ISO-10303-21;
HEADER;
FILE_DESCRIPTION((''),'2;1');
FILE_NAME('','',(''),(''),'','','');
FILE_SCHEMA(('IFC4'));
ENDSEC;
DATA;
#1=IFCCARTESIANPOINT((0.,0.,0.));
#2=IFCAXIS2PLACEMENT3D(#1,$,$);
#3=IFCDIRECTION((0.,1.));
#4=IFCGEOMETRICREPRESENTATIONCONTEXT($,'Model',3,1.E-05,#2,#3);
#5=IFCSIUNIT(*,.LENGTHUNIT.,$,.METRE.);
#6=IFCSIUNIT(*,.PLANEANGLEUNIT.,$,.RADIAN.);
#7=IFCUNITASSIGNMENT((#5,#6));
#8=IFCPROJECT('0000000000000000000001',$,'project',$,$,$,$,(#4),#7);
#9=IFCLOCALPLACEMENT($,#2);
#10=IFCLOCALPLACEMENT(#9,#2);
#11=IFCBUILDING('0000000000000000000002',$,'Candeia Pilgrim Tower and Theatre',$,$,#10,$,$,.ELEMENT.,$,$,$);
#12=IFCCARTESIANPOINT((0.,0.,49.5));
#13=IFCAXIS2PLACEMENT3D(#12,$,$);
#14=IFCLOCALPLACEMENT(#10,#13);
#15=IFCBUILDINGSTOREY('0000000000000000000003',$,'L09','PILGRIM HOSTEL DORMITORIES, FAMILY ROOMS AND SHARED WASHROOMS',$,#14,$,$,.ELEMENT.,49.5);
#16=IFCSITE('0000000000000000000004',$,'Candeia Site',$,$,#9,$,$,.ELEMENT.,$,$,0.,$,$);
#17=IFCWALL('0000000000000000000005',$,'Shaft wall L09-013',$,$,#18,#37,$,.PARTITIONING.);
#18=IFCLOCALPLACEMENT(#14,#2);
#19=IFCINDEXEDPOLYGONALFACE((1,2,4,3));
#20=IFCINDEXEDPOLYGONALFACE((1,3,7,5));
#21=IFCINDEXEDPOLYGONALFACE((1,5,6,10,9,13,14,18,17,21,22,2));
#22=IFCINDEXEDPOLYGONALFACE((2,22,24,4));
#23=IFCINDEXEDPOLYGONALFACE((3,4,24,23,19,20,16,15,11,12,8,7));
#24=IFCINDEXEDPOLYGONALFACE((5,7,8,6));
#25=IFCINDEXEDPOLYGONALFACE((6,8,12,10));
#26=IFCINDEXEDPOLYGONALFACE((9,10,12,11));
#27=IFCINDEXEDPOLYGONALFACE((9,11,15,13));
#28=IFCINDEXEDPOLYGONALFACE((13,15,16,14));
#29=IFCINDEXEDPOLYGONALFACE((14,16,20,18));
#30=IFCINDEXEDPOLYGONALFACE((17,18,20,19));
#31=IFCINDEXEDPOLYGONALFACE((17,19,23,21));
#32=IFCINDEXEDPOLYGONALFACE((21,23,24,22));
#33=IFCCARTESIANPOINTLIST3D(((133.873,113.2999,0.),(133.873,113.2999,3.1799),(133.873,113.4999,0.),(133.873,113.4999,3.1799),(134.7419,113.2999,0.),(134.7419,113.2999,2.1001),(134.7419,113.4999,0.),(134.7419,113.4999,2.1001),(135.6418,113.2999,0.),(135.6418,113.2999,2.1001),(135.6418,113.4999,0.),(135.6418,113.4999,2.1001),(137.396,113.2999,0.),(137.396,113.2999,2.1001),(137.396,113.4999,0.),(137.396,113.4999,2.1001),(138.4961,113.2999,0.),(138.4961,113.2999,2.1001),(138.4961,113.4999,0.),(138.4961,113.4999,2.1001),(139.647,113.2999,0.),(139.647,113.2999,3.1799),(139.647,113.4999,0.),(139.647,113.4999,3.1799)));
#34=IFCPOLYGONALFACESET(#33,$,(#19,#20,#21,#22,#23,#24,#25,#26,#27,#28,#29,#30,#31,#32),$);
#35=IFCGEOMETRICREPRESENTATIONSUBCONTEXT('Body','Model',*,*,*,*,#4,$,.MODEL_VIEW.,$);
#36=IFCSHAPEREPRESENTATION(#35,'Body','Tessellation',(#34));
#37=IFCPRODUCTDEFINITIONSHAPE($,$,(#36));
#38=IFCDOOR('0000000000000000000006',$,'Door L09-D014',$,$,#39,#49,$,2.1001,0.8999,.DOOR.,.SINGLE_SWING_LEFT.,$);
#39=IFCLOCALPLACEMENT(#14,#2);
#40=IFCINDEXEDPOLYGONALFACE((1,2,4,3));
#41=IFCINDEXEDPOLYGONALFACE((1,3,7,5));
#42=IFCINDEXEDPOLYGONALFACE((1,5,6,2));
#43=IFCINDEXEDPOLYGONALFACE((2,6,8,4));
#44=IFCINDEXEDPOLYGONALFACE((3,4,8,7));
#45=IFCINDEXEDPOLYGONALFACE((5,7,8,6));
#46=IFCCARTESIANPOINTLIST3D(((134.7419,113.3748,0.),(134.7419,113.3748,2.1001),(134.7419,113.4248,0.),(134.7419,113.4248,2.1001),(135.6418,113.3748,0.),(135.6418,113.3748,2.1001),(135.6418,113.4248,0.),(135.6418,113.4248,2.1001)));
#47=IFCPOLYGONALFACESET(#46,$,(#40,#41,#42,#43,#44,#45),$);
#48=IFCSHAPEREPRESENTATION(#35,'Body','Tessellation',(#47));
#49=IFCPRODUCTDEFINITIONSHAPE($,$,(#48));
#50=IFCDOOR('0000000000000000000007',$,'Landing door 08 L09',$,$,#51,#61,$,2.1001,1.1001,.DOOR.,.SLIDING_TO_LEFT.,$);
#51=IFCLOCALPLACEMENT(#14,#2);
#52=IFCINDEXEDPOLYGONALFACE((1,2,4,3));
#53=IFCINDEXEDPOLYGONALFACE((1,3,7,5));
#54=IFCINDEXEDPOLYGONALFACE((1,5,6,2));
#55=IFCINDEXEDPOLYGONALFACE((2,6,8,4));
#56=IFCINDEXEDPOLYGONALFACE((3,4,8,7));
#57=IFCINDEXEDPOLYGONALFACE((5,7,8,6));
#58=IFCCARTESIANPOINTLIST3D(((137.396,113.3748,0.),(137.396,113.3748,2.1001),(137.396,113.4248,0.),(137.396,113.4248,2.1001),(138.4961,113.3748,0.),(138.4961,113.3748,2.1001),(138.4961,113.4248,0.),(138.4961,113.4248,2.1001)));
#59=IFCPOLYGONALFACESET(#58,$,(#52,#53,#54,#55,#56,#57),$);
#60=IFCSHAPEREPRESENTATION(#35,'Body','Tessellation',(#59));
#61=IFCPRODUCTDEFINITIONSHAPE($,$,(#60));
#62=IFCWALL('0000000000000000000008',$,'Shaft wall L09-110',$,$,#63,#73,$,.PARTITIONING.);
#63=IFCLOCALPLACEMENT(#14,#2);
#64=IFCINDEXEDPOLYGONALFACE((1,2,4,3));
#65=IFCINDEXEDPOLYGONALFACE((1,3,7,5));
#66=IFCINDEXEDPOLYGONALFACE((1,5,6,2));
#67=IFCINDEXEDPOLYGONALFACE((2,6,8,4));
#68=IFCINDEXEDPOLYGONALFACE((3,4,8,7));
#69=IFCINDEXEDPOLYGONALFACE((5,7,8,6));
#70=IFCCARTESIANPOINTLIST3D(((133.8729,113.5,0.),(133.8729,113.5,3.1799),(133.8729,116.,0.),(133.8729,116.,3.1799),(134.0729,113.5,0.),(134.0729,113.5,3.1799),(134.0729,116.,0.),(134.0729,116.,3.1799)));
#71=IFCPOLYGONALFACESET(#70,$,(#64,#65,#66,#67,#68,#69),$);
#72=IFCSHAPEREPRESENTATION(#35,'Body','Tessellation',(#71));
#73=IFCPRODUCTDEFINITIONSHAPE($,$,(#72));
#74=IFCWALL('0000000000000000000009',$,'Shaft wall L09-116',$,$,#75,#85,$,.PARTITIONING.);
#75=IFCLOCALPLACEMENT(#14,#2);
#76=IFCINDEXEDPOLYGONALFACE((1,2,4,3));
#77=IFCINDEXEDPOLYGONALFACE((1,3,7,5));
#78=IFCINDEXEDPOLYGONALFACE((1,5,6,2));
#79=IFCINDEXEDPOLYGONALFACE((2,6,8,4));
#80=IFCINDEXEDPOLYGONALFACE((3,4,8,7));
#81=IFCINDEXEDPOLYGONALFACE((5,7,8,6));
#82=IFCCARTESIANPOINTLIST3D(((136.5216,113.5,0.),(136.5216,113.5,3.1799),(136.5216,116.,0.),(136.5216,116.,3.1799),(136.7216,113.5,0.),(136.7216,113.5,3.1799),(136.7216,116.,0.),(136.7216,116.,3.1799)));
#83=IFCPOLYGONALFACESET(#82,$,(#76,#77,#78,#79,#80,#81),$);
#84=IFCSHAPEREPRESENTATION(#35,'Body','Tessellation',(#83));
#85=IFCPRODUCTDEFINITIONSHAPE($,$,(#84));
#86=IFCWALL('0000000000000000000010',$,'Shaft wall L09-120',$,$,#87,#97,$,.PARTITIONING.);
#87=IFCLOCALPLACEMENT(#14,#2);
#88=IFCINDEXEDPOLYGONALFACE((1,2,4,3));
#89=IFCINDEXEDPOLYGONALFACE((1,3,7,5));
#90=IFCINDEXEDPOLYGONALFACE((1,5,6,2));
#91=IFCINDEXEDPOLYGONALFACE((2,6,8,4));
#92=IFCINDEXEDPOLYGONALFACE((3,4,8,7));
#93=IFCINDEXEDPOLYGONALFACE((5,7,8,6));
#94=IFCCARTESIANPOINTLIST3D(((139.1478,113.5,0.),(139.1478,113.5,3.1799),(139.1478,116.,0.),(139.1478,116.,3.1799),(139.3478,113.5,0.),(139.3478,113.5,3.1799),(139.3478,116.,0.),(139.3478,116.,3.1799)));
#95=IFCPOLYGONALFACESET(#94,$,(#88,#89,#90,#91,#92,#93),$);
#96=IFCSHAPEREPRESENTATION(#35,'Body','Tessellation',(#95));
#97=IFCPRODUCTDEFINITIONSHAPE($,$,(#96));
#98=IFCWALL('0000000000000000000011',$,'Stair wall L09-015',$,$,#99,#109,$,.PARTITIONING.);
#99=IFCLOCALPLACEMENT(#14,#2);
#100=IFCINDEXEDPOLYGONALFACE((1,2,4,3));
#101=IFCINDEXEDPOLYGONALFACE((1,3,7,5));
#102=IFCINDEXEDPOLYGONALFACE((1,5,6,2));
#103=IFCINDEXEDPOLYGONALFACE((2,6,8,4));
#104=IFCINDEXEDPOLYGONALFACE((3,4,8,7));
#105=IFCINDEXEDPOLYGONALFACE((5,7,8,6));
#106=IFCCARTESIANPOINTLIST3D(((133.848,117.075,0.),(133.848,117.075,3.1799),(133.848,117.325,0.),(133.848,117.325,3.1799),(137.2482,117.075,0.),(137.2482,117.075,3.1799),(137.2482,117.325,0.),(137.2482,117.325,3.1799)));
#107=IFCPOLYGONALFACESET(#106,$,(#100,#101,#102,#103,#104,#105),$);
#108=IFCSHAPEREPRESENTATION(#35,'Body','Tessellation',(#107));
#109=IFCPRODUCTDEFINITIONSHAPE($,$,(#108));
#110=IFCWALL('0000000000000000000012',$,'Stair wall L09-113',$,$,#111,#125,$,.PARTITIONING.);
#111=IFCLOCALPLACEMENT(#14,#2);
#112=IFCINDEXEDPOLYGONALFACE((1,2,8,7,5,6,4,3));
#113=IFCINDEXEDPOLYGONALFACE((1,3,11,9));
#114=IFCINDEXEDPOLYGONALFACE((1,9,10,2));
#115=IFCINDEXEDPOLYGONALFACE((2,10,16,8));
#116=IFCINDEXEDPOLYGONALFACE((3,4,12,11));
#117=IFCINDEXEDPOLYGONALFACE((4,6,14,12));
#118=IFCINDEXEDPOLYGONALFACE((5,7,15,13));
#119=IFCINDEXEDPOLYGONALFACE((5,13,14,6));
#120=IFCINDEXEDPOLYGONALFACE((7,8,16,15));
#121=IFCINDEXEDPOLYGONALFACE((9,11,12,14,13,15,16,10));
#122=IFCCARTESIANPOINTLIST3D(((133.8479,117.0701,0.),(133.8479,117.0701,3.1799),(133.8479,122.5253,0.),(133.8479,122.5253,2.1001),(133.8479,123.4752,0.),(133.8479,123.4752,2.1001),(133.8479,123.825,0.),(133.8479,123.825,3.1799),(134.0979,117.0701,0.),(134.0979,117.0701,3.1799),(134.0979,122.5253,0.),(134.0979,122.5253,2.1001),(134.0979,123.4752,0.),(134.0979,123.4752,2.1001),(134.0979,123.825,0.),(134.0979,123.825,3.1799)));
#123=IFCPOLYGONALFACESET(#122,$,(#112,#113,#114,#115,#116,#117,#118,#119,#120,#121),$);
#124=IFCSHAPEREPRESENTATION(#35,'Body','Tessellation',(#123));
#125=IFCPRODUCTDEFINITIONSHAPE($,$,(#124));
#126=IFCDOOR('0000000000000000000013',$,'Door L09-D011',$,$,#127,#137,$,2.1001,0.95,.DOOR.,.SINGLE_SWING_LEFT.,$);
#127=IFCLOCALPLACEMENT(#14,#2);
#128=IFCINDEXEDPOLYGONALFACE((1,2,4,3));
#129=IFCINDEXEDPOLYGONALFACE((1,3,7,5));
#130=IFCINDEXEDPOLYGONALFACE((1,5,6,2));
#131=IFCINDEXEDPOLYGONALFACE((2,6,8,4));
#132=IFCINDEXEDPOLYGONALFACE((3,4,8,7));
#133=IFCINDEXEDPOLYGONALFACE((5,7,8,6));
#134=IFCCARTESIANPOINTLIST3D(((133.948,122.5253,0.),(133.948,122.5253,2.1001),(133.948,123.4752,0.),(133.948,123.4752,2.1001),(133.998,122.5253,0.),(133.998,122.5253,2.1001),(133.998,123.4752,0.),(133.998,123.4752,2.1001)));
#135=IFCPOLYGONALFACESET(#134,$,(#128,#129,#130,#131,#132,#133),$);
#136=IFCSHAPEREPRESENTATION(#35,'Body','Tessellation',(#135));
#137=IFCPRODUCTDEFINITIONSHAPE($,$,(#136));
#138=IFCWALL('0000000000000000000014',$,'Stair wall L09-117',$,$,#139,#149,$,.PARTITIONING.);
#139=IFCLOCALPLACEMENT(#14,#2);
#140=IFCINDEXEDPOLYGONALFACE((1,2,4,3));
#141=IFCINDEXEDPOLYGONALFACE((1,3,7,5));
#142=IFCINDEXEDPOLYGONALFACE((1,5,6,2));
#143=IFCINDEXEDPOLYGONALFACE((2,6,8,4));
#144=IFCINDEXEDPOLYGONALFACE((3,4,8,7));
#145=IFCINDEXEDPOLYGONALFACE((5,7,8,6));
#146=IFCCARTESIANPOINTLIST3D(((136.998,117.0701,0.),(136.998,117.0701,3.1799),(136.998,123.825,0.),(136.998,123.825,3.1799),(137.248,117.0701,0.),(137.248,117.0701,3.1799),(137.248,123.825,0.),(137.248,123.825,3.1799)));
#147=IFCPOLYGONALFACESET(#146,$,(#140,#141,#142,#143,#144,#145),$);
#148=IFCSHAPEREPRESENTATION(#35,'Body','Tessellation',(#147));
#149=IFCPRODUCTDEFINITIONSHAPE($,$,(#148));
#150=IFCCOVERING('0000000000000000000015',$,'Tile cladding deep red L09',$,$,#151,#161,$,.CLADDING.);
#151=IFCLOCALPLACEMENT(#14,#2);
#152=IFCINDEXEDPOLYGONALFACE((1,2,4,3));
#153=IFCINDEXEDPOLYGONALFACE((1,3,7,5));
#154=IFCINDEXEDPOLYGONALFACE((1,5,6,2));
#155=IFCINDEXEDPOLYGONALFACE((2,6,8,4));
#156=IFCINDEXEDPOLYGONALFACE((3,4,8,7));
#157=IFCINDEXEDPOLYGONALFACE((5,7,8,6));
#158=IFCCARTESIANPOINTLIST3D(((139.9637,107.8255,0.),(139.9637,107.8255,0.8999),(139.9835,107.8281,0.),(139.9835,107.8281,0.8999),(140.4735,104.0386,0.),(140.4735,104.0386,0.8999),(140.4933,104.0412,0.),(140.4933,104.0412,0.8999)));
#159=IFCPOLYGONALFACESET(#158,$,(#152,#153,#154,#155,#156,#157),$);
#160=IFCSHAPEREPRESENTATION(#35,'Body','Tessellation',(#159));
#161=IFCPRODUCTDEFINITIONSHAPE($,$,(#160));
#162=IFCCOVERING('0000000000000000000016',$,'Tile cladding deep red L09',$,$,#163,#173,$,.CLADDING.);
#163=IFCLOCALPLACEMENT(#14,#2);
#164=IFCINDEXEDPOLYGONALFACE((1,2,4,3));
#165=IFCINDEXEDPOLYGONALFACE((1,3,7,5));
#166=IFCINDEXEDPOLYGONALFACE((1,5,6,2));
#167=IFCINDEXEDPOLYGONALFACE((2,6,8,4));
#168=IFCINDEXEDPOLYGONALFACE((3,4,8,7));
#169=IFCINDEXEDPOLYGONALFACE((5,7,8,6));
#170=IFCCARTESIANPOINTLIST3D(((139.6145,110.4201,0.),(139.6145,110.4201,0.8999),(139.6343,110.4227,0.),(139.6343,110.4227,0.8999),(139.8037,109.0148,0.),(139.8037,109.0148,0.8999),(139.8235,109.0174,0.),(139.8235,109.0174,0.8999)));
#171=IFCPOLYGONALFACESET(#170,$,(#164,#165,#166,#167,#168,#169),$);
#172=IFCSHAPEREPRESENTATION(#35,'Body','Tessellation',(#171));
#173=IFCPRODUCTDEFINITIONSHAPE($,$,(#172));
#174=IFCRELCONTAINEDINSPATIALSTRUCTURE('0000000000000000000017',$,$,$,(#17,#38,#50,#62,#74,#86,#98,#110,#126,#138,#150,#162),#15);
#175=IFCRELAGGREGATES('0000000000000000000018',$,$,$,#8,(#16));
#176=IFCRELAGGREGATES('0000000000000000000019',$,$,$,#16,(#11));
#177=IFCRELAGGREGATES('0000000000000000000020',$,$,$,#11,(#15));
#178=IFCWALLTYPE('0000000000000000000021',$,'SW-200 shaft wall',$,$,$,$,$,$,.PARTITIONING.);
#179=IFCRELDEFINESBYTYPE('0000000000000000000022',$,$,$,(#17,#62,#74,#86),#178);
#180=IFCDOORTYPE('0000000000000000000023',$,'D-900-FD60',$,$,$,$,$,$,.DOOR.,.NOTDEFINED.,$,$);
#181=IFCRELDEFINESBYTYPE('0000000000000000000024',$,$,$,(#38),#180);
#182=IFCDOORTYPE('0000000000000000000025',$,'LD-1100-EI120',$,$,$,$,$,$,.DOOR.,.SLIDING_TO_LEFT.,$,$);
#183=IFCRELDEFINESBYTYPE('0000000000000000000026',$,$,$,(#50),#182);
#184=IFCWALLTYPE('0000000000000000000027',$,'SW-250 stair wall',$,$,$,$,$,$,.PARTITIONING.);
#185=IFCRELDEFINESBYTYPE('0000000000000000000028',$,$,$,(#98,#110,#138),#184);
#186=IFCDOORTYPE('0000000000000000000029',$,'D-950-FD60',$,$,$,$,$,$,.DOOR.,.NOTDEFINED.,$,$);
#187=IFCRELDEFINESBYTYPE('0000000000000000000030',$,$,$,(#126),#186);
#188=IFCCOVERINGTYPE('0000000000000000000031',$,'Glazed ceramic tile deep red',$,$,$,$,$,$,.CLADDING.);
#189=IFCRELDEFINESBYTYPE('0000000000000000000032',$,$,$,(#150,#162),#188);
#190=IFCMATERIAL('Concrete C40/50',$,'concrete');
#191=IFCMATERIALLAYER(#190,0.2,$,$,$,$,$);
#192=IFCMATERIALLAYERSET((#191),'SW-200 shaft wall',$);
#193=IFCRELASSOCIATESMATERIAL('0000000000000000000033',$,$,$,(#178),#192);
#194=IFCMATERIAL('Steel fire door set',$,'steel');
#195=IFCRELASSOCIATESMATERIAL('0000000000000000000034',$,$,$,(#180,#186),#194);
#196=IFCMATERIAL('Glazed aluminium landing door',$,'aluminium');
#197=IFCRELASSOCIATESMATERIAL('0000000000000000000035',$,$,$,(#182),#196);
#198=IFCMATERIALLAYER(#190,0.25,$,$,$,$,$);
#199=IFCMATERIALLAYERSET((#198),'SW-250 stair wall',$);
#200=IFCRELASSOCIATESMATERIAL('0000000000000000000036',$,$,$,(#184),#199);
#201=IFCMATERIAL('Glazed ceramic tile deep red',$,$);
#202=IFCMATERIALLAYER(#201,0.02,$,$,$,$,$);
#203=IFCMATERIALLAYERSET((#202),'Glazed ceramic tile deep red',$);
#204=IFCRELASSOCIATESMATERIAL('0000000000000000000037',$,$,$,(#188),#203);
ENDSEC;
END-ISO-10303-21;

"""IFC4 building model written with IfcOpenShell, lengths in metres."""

from ifc_helpers import new_model, si_unit, direction, frame, frame_2d, origin, origin_2d, place, context, subcontext, project, spatial, rectangle, extrude, material, layer, layer_set, type_object, element, fill, save


model = new_model("IFC4")

# Units and contexts
model_context = context("Model", 3, precision=1e-05, world=origin(), true_north=direction((0.0, 1.0)))
body_context = subcontext(model_context, "Body", "Model", "MODEL_VIEW")
ifc_project = project(units=[si_unit("LENGTHUNIT", "METRE"), si_unit("PLANEANGLEUNIT", "RADIAN")], contexts=[model_context])

# Site, building, storey
site_placement = place(None, origin())
site = spatial("IfcSite", under=ifc_project, at=site_placement, Name="Candeia Site", CompositionType="ELEMENT", RefElevation=0.0)
building_placement = place(site_placement, origin())
building = spatial("IfcBuilding", under=site, at=building_placement, Name="Candeia Pilgrim Tower and Theatre", CompositionType="ELEMENT")
storey_placement = place(building_placement, frame((0.0, 0.0, 49.5)))
storey = spatial("IfcBuildingStorey", under=building, at=storey_placement, Name="L09", Description="PILGRIM HOSTEL DORMITORIES, FAMILY ROOMS AND SHARED WASHROOMS", CompositionType="ELEMENT", Elevation=49.5)

# Shared definitions
ifc_material_1 = material(Name="Steel fire door set", Category="steel")

# Wall, openings, doors
ifc_material_2 = material(Name="Concrete C40/50", Category="concrete")
ifc_layer_1 = layer(ifc_material_2, 0.2)
ifc_layer_set_1 = layer_set([ifc_layer_1], Name="SW-200 shaft wall")
wall_type_1 = type_object("IfcWallType", Name="SW-200 shaft wall", PredefinedType="PARTITIONING", material=ifc_layer_set_1)
wall_1_placement = place(storey_placement, frame((133.873, 113.3999, 0.0), z_axis=(0.0, 0.0, 1.0), x_axis=(1.0, 0.0, 0.0)))
wall_1 = element("IfcWall", 1, at=wall_1_placement, inside=storey, type_object=wall_type_1, Name="Shaft wall L09-013", PredefinedType="PARTITIONING", context=body_context, shape_type="SweptSolid", body=[
    extrude(rectangle(XDim=5.7739, YDim=0.2, at=frame_2d((2.887, 0.0))), origin(), (0.0, 0.0, 1.0), 3.1799),
])
opening_1_placement = place(wall_1_placement, frame((3.5229, 0.0, 0.0)))
opening_1 = element("IfcOpeningElement", 2, at=opening_1_placement, cuts=wall_1, PredefinedType="OPENING", context=body_context, shape_type="SweptSolid", body=[
    extrude(rectangle(XDim=1.1001, YDim=2.1001, at=frame_2d((0.55, 1.05))), frame((0.0, 0.1099, 0.0), z_axis=(0.0, -1.0, 0.0), x_axis=(1.0, 0.0, 0.0)), (0.0, 0.0, 1.0), 0.22),
])
opening_2_placement = place(wall_1_placement, frame((0.8689, 0.0, 0.0)))
opening_2 = element("IfcOpeningElement", 3, at=opening_2_placement, cuts=wall_1, PredefinedType="OPENING", context=body_context, shape_type="SweptSolid", body=[
    extrude(rectangle(XDim=0.8999, YDim=2.1001, at=frame_2d((0.45, 1.05))), frame((0.0, 0.1099, 0.0), z_axis=(0.0, -1.0, 0.0), x_axis=(1.0, 0.0, 0.0)), (0.0, 0.0, 1.0), 0.22),
])
door_type_1 = type_object("IfcDoorType", Name="D-900-FD60", OperationType="NOTDEFINED", PredefinedType="DOOR", material=ifc_material_1)
door_1_placement = place(opening_2_placement, origin())
door_1 = element("IfcDoor", 4, at=door_1_placement, inside=storey, type_object=door_type_1, Name="Door L09-D014", OperationType="SINGLE_SWING_LEFT", OverallHeight=2.1001, OverallWidth=0.8999, PredefinedType="DOOR", context=body_context, shape_type="SweptSolid", body=[
    extrude(rectangle(XDim=0.8999, YDim=2.1001, at=frame_2d((0.45, 1.05))), frame((0.0, 0.0249, 0.0), z_axis=(0.0, -1.0, 0.0), x_axis=(1.0, 0.0, 0.0)), (0.0, 0.0, 1.0), 0.05),
])
fill(opening_2, door_1)
ifc_material_3 = material(Name="Glazed aluminium landing door", Category="aluminium")
door_type_2 = type_object("IfcDoorType", Name="LD-1100-EI120", OperationType="SLIDING_TO_LEFT", PredefinedType="DOOR", material=ifc_material_3)
door_2_placement = place(opening_1_placement, origin())
door_2 = element("IfcDoor", 5, at=door_2_placement, inside=storey, type_object=door_type_2, Name="Landing door 08 L09", OperationType="SLIDING_TO_LEFT", OverallHeight=2.1001, OverallWidth=1.1001, PredefinedType="DOOR", context=body_context, shape_type="SweptSolid", body=[
    extrude(rectangle(XDim=1.1001, YDim=2.1001, at=frame_2d((0.55, 1.05))), frame((0.0, 0.0249, 0.0), z_axis=(0.0, -1.0, 0.0), x_axis=(1.0, 0.0, 0.0)), (0.0, 0.0, 1.0), 0.05),
])
fill(opening_1, door_2)

# Walls
for number, where, z_axis, x_axis, name in (
    (6, (133.9729, 113.5, 0.0), (0.0, 0.0, 1.0), (0.0, 1.0, 0.0), "Shaft wall L09-110"),
    (7, (136.6216, 113.5, 0.0), (0.0, 0.0, 1.0), (0.0, 1.0, 0.0), "Shaft wall L09-116"),
    (8, (139.2478, 113.5, 0.0), (0.0, 0.0, 1.0), (0.0, 1.0, 0.0), "Shaft wall L09-120"),
):
    element("IfcWall", number, at=place(storey_placement, frame(where, z_axis=z_axis, x_axis=x_axis)), inside=storey, type_object=wall_type_1, Name=name, PredefinedType="PARTITIONING", context=body_context, shape_type="SweptSolid", body=[
        extrude(rectangle(XDim=2.5, YDim=0.2, at=frame_2d((1.25, 0.0))), origin(), (0.0, 0.0, 1.0), 3.1799),
    ])
ifc_layer_2 = layer(ifc_material_2, 0.25)
ifc_layer_set_2 = layer_set([ifc_layer_2], Name="SW-250 stair wall")
wall_type_2 = type_object("IfcWallType", Name="SW-250 stair wall", PredefinedType="PARTITIONING", material=ifc_layer_set_2)
wall_2_placement = place(storey_placement, frame((133.8479, 117.2, 0.0), z_axis=(0.0, 0.0, 1.0), x_axis=(1.0, 0.0, 0.0)))
element("IfcWall", 9, at=wall_2_placement, inside=storey, type_object=wall_type_2, Name="Stair wall L09-015", PredefinedType="PARTITIONING", context=body_context, shape_type="SweptSolid", body=[
    extrude(rectangle(XDim=3.4001, YDim=0.25, at=frame_2d((1.7002, 0.0))), origin(), (0.0, 0.0, 1.0), 3.1799),
])

# Wall, opening, door
wall_3_placement = place(storey_placement, frame((133.9729, 117.0701, 0.0), z_axis=(0.0, 0.0, 1.0), x_axis=(0.0, 1.0, 0.0)))
wall_3 = element("IfcWall", 10, at=wall_3_placement, inside=storey, type_object=wall_type_2, Name="Stair wall L09-113", PredefinedType="PARTITIONING", context=body_context, shape_type="SweptSolid", body=[
    extrude(rectangle(XDim=6.7549, YDim=0.25, at=frame_2d((3.3774, 0.0))), origin(), (0.0, 0.0, 1.0), 3.1799),
])
opening_3_placement = place(wall_3_placement, frame((5.4551, 0.0, 0.0)))
opening_3 = element("IfcOpeningElement", 11, at=opening_3_placement, cuts=wall_3, PredefinedType="OPENING", context=body_context, shape_type="SweptSolid", body=[
    extrude(rectangle(XDim=0.95, YDim=2.1001, at=frame_2d((0.4751, 1.05))), frame((0.0, 0.135, 0.0), z_axis=(0.0, -1.0, 0.0), x_axis=(1.0, 0.0, 0.0)), (0.0, 0.0, 1.0), 0.27),
])
door_type_3 = type_object("IfcDoorType", Name="D-950-FD60", OperationType="NOTDEFINED", PredefinedType="DOOR", material=ifc_material_1)
door_3_placement = place(opening_3_placement, origin())
door_3 = element("IfcDoor", 12, at=door_3_placement, inside=storey, type_object=door_type_3, Name="Door L09-D011", OperationType="SINGLE_SWING_LEFT", OverallHeight=2.1001, OverallWidth=0.95, PredefinedType="DOOR", context=body_context, shape_type="SweptSolid", body=[
    extrude(rectangle(XDim=0.95, YDim=2.1001, at=frame_2d((0.4751, 1.05))), frame((0.0, 0.0249, 0.0), z_axis=(0.0, -1.0, 0.0), x_axis=(1.0, 0.0, 0.0)), (0.0, 0.0, 1.0), 0.05),
])
fill(opening_3, door_3)

# Wall
wall_4_placement = place(storey_placement, frame((137.123, 117.0701, 0.0), z_axis=(0.0, 0.0, 1.0), x_axis=(0.0, 1.0, 0.0)))
element("IfcWall", 13, at=wall_4_placement, inside=storey, type_object=wall_type_2, Name="Stair wall L09-117", PredefinedType="PARTITIONING", context=body_context, shape_type="SweptSolid", body=[
    extrude(rectangle(XDim=6.7549, YDim=0.25, at=frame_2d((3.3774, 0.0))), origin(), (0.0, 0.0, 1.0), 3.1799),
])

# Coverings
ifc_material_4 = material(Name="Glazed ceramic tile deep red")
ifc_layer_3 = layer(ifc_material_4, 0.02)
ifc_layer_set_3 = layer_set([ifc_layer_3], Name="Glazed ceramic tile deep red")
covering_type = type_object("IfcCoveringType", Name="Glazed ceramic tile deep red", PredefinedType="CLADDING", material=ifc_layer_set_3)
covering_1_placement = place(storey_placement, frame((140.2285, 105.9333, 0.0), z_axis=(0.0, 0.0, 1.0), x_axis=(-0.133412, 0.991061, 0.0)))
element("IfcCovering", 14, at=covering_1_placement, inside=storey, type_object=covering_type, Name="Tile cladding deep red L09", PredefinedType="CLADDING", context=body_context, shape_type="SweptSolid", body=[
    extrude(rectangle(XDim=3.821, YDim=0.02, at=origin_2d()), origin(), (0.0, 0.0, 1.0), 0.8999),
])
covering_2_placement = place(storey_placement, frame((139.719, 109.7188, 0.0), z_axis=(0.0, 0.0, 1.0), x_axis=(-0.133412, 0.991061, 0.0)))
element("IfcCovering", 15, at=covering_2_placement, inside=storey, type_object=covering_type, Name="Tile cladding deep red L09", PredefinedType="CLADDING", context=body_context, shape_type="SweptSolid", body=[
    extrude(rectangle(XDim=1.418, YDim=0.02, at=origin_2d()), origin(), (0.0, 0.0, 1.0), 0.8999),
])

save(model, "model.ifc")
